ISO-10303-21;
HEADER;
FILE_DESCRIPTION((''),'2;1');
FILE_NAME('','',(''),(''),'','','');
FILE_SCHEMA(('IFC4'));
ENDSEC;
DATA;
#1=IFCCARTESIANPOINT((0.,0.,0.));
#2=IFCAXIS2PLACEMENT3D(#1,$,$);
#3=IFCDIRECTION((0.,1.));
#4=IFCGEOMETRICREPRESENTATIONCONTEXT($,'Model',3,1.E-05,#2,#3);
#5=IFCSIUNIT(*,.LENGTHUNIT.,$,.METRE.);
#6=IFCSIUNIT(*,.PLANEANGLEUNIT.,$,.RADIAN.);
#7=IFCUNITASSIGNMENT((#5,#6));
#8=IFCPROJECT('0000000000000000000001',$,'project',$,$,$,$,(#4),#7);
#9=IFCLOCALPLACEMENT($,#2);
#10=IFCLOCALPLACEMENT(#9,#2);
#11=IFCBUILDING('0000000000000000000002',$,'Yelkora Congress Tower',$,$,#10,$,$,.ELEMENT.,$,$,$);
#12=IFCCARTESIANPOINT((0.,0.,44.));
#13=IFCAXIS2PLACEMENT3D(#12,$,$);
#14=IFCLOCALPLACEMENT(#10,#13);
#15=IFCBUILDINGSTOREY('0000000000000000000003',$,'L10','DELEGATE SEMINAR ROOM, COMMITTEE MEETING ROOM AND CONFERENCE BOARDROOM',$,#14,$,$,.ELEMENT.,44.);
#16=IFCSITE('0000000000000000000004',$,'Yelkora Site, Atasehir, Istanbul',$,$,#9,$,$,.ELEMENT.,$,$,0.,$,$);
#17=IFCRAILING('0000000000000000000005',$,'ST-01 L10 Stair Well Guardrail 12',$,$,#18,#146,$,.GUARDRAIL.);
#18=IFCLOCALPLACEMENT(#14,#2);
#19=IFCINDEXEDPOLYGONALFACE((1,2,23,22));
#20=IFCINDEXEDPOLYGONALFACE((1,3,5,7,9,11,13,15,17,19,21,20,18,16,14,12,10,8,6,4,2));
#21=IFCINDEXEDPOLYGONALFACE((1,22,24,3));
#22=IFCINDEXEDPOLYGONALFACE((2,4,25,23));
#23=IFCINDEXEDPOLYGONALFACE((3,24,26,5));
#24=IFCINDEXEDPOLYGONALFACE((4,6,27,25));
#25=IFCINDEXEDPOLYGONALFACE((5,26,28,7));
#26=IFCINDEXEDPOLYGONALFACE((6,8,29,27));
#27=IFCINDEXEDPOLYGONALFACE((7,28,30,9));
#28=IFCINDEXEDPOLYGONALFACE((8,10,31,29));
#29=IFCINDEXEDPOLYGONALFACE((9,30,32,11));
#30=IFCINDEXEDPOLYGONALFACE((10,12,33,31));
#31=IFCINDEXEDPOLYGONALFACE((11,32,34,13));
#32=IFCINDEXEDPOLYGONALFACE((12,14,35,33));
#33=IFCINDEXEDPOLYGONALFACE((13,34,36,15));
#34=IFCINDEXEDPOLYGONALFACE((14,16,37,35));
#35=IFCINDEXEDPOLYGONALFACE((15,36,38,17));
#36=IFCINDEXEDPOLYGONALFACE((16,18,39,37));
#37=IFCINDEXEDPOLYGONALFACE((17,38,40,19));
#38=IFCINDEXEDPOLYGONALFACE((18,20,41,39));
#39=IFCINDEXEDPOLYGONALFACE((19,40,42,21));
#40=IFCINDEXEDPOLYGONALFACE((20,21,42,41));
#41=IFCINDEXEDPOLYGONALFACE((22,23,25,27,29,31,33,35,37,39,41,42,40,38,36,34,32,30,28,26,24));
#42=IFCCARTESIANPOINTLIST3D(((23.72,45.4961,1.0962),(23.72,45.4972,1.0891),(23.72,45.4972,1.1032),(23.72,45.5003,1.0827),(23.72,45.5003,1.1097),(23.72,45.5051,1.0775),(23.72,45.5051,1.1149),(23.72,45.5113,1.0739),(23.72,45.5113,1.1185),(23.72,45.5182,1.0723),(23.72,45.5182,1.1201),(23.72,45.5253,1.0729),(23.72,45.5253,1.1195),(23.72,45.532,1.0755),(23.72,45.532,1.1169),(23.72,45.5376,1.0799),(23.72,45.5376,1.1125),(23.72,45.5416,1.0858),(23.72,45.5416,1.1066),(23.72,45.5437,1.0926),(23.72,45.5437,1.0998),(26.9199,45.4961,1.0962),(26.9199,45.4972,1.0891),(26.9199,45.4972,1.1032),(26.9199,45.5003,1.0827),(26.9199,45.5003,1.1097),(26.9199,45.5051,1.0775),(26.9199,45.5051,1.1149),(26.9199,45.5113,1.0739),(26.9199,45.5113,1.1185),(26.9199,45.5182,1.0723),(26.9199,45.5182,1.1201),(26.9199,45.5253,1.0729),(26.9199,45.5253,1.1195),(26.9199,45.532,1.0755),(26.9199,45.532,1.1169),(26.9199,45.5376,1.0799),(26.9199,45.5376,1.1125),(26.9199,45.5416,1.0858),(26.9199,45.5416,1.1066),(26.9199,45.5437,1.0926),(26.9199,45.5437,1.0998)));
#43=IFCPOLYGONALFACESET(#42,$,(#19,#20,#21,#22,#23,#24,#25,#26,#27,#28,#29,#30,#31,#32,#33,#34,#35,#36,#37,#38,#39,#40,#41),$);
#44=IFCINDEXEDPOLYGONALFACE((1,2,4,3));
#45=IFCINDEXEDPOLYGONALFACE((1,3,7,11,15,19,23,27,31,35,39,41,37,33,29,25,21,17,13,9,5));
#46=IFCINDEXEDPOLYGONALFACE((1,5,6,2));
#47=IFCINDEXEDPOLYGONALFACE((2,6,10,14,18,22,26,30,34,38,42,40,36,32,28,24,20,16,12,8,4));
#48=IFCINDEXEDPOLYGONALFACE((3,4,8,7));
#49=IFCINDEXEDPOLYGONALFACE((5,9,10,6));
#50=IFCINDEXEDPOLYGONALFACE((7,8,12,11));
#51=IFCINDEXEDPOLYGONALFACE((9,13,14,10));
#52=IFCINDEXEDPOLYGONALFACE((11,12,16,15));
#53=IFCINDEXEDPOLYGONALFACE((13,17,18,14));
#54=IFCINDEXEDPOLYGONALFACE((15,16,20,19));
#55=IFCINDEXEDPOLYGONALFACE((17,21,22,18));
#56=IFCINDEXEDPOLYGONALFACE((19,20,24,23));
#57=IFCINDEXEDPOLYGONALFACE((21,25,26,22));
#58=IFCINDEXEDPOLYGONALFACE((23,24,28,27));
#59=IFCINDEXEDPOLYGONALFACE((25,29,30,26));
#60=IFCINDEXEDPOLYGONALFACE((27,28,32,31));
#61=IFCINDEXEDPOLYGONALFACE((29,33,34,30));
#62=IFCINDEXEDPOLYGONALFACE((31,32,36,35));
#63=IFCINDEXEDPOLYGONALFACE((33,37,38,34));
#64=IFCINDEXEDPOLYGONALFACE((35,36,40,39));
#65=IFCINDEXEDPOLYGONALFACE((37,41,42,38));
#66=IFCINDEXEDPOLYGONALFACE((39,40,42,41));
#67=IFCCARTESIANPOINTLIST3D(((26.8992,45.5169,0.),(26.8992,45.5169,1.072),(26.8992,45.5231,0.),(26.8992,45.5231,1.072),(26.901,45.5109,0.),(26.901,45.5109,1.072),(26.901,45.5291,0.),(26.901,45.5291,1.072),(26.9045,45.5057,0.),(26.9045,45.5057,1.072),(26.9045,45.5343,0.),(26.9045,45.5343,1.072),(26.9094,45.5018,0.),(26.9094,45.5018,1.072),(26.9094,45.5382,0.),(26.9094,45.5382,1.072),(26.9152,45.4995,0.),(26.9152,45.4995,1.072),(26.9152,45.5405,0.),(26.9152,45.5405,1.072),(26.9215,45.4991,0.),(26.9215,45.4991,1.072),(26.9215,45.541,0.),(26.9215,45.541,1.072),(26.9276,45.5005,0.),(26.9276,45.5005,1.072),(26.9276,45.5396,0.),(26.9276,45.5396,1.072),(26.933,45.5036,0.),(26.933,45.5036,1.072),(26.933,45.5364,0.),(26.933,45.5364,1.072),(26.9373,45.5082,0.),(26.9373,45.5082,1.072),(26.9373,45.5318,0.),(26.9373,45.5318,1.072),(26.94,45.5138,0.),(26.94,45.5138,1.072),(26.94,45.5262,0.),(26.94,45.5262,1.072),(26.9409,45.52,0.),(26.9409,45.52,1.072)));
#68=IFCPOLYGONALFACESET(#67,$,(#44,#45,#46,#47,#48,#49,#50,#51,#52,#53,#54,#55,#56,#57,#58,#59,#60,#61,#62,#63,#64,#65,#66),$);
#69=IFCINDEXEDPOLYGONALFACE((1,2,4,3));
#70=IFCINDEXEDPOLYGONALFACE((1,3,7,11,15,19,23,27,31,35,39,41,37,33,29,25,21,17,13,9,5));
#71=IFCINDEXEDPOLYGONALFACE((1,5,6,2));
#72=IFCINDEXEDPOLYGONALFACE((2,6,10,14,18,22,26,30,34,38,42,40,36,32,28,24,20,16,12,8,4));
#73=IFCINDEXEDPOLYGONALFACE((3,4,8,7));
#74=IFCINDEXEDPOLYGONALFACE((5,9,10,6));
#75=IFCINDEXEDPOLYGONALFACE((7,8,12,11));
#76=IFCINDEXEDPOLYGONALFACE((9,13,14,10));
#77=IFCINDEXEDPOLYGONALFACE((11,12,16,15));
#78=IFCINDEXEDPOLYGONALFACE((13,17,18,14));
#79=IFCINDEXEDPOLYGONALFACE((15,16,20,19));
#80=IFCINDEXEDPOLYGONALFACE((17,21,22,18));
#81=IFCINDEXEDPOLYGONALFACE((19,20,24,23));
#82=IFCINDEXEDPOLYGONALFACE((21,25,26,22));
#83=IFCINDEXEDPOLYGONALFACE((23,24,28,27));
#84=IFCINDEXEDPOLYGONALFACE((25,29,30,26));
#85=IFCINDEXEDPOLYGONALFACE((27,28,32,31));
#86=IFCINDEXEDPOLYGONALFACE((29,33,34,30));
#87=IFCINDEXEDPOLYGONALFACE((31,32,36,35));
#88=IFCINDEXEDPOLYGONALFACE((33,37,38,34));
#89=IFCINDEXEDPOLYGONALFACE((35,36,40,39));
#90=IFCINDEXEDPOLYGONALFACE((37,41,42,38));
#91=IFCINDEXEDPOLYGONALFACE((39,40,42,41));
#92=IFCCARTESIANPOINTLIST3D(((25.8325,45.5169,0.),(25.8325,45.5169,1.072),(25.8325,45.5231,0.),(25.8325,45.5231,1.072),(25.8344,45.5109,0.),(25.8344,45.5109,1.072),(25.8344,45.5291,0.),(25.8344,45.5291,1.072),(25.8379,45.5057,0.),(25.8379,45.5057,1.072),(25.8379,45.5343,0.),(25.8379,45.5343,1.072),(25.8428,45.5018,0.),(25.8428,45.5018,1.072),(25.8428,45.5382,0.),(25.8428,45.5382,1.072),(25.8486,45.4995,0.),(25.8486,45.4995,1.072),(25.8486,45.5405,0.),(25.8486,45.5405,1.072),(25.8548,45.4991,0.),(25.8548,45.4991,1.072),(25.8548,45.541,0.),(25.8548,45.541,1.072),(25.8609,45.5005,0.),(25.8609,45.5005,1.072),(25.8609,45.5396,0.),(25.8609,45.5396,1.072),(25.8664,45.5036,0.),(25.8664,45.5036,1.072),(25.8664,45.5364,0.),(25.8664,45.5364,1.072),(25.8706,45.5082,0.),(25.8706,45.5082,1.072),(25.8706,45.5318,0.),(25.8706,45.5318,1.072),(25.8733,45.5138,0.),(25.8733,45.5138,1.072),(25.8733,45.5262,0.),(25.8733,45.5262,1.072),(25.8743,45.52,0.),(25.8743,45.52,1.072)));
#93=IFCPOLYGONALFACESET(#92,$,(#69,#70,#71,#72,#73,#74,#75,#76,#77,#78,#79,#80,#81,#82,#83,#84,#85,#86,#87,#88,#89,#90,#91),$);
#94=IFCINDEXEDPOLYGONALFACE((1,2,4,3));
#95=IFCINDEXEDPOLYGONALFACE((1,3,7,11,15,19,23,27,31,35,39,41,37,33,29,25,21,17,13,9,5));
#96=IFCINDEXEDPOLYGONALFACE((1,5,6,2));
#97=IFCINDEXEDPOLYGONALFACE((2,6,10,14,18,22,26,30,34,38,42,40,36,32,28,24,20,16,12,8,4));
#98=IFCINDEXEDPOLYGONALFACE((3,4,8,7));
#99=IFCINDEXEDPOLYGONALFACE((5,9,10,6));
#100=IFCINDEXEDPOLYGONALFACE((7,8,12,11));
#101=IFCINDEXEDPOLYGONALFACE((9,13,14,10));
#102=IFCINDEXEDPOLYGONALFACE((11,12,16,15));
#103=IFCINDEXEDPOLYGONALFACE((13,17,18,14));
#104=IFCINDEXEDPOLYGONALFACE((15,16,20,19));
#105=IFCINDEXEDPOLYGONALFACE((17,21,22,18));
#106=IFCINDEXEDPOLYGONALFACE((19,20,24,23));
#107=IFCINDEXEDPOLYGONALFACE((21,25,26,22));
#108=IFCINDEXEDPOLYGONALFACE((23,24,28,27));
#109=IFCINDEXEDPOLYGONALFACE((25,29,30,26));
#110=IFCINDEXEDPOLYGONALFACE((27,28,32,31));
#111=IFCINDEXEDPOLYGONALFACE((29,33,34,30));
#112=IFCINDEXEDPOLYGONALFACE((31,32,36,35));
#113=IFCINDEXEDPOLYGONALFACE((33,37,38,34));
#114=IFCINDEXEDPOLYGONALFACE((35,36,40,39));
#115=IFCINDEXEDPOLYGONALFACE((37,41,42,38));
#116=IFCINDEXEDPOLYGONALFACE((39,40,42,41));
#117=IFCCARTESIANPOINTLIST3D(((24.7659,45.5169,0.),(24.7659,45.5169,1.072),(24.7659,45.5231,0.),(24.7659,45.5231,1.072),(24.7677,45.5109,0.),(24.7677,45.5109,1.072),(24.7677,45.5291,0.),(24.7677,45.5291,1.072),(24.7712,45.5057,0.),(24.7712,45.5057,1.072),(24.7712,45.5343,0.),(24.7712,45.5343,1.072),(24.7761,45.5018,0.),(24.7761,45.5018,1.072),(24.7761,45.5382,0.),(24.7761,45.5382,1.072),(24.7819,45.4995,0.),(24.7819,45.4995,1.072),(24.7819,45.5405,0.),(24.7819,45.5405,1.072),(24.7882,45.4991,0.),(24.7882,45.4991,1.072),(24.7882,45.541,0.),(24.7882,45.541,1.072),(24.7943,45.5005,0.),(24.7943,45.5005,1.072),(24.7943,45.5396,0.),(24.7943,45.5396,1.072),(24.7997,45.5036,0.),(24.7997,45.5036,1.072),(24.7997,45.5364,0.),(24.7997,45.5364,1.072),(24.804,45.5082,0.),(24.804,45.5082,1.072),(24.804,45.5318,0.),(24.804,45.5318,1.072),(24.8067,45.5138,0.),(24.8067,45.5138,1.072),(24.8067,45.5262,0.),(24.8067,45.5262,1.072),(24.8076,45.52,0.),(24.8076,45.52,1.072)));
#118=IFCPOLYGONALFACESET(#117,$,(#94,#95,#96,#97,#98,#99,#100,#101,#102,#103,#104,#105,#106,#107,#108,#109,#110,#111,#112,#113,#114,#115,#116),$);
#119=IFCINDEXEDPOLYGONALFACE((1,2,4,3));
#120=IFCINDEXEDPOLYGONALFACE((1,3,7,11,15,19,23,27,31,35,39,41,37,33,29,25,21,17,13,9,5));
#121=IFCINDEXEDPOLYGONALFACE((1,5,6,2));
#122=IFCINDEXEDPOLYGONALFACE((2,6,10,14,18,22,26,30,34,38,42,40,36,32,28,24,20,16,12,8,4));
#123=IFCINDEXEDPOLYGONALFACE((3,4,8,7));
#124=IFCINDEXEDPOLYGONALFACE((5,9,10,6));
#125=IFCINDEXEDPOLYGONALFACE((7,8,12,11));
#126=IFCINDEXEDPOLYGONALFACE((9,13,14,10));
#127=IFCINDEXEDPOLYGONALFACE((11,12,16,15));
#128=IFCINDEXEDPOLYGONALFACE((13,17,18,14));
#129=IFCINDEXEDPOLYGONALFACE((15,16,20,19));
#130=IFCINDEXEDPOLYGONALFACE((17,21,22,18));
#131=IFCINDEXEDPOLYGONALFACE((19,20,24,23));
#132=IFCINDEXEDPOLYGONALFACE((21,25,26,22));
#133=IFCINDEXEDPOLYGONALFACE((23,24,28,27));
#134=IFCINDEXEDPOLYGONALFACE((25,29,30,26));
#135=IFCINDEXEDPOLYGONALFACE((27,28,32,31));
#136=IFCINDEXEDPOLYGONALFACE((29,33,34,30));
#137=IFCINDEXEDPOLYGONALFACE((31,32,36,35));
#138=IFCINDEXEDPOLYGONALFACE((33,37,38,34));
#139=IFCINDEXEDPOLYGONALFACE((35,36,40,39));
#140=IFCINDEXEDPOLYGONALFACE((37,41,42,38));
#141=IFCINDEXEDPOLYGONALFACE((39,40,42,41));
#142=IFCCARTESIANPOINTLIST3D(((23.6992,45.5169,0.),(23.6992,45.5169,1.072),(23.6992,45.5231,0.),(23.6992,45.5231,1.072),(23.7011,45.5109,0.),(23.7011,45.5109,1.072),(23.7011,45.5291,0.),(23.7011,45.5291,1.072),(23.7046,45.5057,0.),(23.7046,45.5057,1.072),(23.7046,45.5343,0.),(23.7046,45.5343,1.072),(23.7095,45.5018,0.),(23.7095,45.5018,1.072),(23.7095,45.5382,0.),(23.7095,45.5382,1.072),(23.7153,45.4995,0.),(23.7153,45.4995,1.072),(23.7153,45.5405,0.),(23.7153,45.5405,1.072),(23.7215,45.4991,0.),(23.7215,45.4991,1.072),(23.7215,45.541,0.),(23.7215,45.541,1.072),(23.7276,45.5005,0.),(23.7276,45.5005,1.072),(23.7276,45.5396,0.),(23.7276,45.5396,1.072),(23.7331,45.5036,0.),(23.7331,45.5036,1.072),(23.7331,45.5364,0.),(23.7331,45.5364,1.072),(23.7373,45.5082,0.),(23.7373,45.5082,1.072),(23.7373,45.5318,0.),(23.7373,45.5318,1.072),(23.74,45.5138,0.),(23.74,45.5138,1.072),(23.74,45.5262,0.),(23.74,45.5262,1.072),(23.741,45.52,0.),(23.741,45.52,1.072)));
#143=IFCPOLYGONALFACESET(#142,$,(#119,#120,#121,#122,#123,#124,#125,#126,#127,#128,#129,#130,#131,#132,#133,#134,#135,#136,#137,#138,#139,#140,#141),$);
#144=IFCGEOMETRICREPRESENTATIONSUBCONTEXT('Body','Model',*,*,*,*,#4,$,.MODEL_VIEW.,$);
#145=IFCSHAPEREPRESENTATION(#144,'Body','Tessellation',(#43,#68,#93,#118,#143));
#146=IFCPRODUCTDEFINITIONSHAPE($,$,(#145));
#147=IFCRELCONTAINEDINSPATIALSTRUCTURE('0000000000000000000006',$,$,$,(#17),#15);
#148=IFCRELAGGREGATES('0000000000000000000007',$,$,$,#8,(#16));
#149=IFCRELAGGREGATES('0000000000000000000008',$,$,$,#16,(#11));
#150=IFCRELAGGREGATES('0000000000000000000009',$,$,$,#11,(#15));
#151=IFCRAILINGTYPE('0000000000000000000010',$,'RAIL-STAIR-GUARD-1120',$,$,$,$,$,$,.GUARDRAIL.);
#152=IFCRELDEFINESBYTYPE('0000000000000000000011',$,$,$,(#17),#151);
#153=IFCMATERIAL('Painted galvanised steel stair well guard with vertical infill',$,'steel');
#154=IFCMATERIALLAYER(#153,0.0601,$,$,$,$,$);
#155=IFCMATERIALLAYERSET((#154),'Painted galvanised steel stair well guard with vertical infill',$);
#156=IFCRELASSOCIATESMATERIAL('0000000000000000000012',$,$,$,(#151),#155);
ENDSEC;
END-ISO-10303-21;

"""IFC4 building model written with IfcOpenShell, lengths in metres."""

from ifc_helpers import new_model, si_unit, direction, frame, origin, origin_2d, place, context, subcontext, project, spatial, circle, extrude, material, layer, layer_set, type_object, element, save


model = new_model("IFC4")

# Units and contexts
model_context = context("Model", 3, precision=1e-05, world=origin(), true_north=direction((0.0, 1.0)))
body_context = subcontext(model_context, "Body", "Model", "MODEL_VIEW")
ifc_project = project(units=[si_unit("LENGTHUNIT", "METRE"), si_unit("PLANEANGLEUNIT", "RADIAN")], contexts=[model_context])

# Site, building, storey
site_placement = place(None, origin())
site = spatial("IfcSite", under=ifc_project, at=site_placement, Name="Yelkora Site, Atasehir, Istanbul", CompositionType="ELEMENT", RefElevation=0.0)
building_placement = place(site_placement, origin())
building = spatial("IfcBuilding", under=site, at=building_placement, Name="Yelkora Congress Tower", CompositionType="ELEMENT")
storey_placement = place(building_placement, frame((0.0, 0.0, 44.0)))
storey = spatial("IfcBuildingStorey", under=building, at=storey_placement, Name="L10", Description="DELEGATE SEMINAR ROOM, COMMITTEE MEETING ROOM AND CONFERENCE BOARDROOM", CompositionType="ELEMENT", Elevation=44.0)

# Railing
ifc_material_1 = material(Name="Painted galvanised steel stair well guard with vertical infill", Category="steel")
ifc_layer_1 = layer(ifc_material_1, 0.0601)
ifc_layer_set_1 = layer_set([ifc_layer_1], Name="Painted galvanised steel stair well guard with vertical infill")
railing_type_1 = type_object("IfcRailingType", Name="RAIL-STAIR-GUARD-1120", PredefinedType="GUARDRAIL", material=ifc_layer_set_1)
railing_1_placement = place(storey_placement, frame((26.9199, 45.52, 0.0)))
element("IfcRailing", 1, at=railing_1_placement, inside=storey, type_object=railing_type_1, Name="ST-01 L10 Stair Well Guardrail 12", PredefinedType="GUARDRAIL", context=body_context, shape_type="SweptSolid", body=[
    extrude(circle(Radius=0.0239, at=origin_2d()), frame((0.0, 0.0, 1.0962), z_axis=(-1.0, 0.0, 0.0), x_axis=(0.0, -1.0, 0.0)), (0.0, 0.0, 1.0), 3.2),
    extrude(circle(Radius=0.021, at=origin_2d()), origin(), (0.0, 0.0, 1.0), 1.072),
    extrude(circle(Radius=0.021, at=origin_2d()), frame((-1.0667, 0.0, 0.0)), (0.0, 0.0, 1.0), 1.072),
    extrude(circle(Radius=0.021, at=origin_2d()), frame((-2.1333, 0.0, 0.0)), (0.0, 0.0, 1.0), 1.072),
    extrude(circle(Radius=0.021, at=origin_2d()), frame((-3.2, 0.0, 0.0)), (0.0, 0.0, 1.0), 1.072),
])

save(model, "model.ifc")
